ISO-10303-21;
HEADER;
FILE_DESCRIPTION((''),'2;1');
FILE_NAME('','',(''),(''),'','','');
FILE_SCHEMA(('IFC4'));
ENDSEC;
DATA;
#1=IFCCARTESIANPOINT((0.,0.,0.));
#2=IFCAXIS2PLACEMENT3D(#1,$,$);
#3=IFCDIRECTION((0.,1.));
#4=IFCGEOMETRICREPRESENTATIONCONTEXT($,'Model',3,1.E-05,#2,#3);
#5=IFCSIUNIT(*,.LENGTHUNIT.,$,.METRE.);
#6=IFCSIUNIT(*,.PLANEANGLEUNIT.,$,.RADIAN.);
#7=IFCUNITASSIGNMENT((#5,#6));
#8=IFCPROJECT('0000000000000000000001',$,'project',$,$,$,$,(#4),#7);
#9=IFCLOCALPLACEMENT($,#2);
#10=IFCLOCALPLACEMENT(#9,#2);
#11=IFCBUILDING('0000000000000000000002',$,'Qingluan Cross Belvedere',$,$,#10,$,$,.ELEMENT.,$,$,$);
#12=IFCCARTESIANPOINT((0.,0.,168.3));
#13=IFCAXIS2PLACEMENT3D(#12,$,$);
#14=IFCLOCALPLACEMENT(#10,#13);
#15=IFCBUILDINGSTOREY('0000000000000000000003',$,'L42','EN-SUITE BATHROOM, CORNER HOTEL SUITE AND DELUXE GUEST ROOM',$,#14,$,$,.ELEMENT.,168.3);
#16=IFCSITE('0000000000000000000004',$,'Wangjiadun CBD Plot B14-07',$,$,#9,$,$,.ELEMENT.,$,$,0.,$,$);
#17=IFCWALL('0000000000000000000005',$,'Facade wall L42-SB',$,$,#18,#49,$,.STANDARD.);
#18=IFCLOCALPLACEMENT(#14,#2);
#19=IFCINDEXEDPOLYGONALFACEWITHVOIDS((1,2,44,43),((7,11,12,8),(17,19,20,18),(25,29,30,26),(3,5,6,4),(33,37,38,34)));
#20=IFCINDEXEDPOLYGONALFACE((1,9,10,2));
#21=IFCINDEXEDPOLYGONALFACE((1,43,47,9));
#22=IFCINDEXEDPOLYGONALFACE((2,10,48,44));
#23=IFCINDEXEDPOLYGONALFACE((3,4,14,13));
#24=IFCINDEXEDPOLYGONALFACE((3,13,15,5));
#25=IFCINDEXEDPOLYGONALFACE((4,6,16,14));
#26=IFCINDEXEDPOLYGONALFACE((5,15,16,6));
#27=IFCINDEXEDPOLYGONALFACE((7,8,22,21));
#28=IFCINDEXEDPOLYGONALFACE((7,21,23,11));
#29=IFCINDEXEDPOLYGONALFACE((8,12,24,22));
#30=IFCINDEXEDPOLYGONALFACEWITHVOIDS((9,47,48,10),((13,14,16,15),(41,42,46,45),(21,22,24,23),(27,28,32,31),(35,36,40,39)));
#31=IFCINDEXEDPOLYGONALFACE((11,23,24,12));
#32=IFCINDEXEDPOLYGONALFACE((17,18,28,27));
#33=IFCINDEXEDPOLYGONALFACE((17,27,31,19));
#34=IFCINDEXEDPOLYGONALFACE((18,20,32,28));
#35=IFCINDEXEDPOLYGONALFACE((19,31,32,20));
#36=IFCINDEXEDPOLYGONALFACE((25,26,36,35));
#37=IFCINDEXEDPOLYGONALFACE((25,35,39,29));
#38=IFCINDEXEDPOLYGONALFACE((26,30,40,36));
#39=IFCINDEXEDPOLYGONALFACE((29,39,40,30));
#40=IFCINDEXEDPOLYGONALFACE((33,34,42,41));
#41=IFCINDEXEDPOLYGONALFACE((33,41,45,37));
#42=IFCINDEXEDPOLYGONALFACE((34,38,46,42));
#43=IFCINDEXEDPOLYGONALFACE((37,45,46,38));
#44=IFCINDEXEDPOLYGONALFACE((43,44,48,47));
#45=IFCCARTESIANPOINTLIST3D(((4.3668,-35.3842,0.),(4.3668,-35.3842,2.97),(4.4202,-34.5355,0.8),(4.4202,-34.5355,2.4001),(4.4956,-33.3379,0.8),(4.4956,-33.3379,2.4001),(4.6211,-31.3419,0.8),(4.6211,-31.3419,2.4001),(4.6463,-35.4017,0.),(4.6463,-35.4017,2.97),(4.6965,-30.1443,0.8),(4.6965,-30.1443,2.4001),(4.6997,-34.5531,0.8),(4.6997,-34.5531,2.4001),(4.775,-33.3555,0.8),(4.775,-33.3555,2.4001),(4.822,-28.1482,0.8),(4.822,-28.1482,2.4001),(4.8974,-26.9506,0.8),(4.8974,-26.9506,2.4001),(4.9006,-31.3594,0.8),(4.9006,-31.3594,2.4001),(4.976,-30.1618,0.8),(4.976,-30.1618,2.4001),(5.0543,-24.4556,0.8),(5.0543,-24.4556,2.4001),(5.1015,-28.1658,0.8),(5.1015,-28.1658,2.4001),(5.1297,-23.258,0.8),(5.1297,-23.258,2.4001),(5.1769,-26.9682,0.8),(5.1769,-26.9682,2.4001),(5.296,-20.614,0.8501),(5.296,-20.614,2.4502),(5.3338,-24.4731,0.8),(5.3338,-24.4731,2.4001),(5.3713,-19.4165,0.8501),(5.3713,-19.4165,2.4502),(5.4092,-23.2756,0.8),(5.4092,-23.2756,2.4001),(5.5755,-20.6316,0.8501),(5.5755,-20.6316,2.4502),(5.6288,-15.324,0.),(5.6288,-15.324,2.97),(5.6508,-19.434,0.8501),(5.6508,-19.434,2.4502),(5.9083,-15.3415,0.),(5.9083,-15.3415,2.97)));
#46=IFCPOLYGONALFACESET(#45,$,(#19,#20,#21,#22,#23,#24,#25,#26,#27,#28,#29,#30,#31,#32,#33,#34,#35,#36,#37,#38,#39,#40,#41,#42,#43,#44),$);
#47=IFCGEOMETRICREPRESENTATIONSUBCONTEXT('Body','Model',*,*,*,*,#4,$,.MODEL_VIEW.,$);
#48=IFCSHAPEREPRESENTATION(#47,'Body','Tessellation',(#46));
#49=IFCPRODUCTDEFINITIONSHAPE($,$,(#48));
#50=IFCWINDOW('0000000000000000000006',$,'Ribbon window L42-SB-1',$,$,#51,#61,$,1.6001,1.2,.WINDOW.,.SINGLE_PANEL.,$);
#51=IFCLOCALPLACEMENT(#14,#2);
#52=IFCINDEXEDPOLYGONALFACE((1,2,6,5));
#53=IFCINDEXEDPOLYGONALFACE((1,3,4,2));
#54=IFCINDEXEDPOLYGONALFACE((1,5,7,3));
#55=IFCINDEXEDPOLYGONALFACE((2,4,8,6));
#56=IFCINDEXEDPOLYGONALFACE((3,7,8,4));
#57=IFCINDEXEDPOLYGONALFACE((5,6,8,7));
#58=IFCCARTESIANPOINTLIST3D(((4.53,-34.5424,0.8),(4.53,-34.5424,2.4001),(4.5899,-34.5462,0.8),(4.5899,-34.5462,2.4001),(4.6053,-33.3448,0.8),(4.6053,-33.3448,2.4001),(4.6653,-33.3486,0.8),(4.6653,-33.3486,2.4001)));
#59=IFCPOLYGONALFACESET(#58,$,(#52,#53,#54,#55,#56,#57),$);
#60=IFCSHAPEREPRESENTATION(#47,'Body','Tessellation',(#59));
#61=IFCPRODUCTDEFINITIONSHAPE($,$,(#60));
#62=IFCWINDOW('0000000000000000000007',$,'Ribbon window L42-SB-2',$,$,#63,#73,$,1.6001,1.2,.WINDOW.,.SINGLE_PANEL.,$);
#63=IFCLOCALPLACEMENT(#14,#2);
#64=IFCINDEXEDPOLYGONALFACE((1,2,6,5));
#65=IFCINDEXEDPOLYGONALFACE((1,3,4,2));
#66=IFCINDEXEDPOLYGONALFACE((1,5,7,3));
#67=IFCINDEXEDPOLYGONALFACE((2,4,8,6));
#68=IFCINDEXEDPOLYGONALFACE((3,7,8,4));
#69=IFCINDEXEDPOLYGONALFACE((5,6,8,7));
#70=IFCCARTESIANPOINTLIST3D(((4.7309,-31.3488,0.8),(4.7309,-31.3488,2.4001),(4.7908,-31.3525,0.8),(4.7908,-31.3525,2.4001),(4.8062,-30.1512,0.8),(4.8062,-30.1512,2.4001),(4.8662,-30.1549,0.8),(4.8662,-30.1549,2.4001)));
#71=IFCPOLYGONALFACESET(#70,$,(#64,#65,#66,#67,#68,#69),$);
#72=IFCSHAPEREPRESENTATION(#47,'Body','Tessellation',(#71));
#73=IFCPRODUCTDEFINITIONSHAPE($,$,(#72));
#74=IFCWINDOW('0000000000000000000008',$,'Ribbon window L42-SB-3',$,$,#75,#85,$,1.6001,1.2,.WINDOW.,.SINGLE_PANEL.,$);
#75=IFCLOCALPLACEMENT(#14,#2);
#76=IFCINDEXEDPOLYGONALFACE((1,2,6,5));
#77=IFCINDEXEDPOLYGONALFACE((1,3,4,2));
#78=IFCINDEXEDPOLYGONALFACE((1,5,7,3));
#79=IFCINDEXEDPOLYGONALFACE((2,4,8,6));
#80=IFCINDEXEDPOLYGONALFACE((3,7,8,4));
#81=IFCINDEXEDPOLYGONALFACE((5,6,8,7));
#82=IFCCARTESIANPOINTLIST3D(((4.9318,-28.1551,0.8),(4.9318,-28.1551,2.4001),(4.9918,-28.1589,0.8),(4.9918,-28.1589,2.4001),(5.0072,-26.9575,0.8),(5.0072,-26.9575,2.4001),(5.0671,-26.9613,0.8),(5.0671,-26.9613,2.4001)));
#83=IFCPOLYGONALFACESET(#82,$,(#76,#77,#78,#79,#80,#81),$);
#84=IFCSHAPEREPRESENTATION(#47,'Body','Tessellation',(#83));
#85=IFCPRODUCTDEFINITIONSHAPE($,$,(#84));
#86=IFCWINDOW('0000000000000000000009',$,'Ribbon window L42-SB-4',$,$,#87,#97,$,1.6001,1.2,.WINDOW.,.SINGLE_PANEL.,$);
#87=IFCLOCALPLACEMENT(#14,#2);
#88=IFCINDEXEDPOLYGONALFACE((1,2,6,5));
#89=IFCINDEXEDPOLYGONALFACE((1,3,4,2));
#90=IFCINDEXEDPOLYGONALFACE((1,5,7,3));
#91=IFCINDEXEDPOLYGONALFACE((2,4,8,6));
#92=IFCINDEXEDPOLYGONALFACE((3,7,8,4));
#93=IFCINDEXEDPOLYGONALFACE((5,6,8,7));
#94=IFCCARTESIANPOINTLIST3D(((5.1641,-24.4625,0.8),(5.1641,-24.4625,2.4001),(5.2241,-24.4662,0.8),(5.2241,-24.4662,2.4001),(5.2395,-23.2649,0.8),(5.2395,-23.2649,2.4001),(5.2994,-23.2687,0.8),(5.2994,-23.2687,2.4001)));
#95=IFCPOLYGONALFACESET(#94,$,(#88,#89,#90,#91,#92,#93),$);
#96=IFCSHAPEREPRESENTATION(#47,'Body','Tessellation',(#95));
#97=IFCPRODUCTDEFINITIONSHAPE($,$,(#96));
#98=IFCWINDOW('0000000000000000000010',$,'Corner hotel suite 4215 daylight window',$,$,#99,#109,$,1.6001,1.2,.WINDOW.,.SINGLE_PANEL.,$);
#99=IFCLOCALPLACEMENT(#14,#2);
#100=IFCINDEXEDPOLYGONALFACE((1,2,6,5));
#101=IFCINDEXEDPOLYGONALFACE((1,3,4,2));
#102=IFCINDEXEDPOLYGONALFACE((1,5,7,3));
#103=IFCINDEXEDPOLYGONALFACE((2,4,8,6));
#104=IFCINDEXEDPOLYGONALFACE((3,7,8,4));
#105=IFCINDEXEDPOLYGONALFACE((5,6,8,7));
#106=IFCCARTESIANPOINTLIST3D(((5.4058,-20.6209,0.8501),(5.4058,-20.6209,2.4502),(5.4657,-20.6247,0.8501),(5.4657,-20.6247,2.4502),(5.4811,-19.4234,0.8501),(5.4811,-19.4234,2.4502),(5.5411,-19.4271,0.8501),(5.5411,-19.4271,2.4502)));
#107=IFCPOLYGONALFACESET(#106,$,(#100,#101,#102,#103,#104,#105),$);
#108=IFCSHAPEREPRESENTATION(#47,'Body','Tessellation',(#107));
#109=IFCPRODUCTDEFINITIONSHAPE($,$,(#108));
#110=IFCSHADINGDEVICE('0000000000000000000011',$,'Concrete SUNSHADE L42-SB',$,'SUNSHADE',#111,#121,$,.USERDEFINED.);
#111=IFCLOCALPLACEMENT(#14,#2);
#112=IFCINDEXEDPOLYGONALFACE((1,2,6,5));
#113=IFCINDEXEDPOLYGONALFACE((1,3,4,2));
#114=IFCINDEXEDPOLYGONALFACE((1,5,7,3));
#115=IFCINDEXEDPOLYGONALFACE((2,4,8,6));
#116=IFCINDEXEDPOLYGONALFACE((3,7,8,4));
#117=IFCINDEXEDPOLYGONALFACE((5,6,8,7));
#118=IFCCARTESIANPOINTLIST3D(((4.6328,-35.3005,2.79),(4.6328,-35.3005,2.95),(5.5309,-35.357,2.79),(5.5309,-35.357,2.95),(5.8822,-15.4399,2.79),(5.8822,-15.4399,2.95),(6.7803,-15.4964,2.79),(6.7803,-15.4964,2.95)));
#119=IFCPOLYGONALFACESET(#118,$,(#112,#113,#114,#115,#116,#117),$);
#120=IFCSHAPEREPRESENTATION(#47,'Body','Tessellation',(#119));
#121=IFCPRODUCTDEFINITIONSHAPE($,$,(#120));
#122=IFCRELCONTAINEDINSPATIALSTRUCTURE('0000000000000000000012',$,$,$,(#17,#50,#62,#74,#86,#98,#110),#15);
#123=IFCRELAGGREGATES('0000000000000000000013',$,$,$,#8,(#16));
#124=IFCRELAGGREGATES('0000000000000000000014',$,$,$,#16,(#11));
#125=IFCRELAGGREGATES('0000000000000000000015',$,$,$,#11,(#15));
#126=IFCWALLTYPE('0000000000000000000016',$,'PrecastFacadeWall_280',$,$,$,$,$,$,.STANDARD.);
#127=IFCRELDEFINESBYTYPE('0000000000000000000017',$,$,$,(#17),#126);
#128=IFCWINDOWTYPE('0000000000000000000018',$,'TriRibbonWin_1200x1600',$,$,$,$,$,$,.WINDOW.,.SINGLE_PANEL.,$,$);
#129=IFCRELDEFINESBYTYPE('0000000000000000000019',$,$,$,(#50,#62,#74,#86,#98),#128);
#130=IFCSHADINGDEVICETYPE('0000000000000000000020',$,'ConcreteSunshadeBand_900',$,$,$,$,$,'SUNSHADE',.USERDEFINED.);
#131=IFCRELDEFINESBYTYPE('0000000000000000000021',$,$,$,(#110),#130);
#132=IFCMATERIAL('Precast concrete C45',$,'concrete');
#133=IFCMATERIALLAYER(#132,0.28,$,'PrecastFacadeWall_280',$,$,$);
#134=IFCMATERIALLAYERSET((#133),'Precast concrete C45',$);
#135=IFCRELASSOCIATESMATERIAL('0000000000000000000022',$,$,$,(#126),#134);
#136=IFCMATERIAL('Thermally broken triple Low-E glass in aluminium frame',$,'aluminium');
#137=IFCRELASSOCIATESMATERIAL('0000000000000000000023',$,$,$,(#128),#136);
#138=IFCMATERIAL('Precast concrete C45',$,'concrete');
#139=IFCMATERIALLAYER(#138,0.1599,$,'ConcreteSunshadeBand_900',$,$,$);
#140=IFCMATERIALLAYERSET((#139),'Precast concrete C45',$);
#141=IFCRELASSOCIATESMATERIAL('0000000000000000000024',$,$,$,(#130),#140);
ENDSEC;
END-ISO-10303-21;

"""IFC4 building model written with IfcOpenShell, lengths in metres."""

from ifc_helpers import new_model, si_unit, direction, frame, frame_2d, origin, origin_2d, place, context, subcontext, project, spatial, rectangle, extrude, material, layer, layer_set, type_object, element, fill, save


model = new_model("IFC4")

# Units and contexts
model_context = context("Model", 3, precision=1e-05, world=origin(), true_north=direction((0.0, 1.0)))
body_context = subcontext(model_context, "Body", "Model", "MODEL_VIEW")
ifc_project = project(units=[si_unit("LENGTHUNIT", "METRE"), si_unit("PLANEANGLEUNIT", "RADIAN")], contexts=[model_context])

# Site, building, storey
site_placement = place(None, origin())
site = spatial("IfcSite", under=ifc_project, at=site_placement, Name="Wangjiadun CBD Plot B14-07", CompositionType="ELEMENT", RefElevation=0.0)
building_placement = place(site_placement, origin())
building = spatial("IfcBuilding", under=site, at=building_placement, Name="Qingluan Cross Belvedere", CompositionType="ELEMENT")
storey_placement = place(building_placement, frame((0.0, 0.0, 168.3)))
storey = spatial("IfcBuildingStorey", under=building, at=storey_placement, Name="L42", Description="EN-SUITE BATHROOM, CORNER HOTEL SUITE AND DELUXE GUEST ROOM", CompositionType="ELEMENT", Elevation=168.3)

# Wall, openings, windows
ifc_material_1 = material(Name="Precast concrete C45", Category="concrete")
ifc_layer_1 = layer(ifc_material_1, 0.28, Name="PrecastFacadeWall_280")
ifc_layer_set_1 = layer_set([ifc_layer_1], Name="Precast concrete C45")
wall_type_1 = type_object("IfcWallType", Name="PrecastFacadeWall_280", PredefinedType="STANDARD", material=ifc_layer_set_1)
wall_1_placement = place(storey_placement, frame((4.5066, -35.3928, 0.0), z_axis=(0.0, 0.0, 1.0), x_axis=(0.062784, 0.998027, 0.0)))
wall_1 = element("IfcWall", 1, at=wall_1_placement, inside=storey, type_object=wall_type_1, Name="Facade wall L42-SB", PredefinedType="STANDARD", context=body_context, shape_type="SweptSolid", body=[
    extrude(rectangle(XDim=20.0999, YDim=0.28, at=frame_2d((10.0498, 0.0))), origin(), (0.0, 0.0, 1.0), 2.97),
])
opening_1_placement = place(wall_1_placement, frame((0.8501, 0.0, 0.8)))
opening_1 = element("IfcOpeningElement", 2, at=opening_1_placement, cuts=wall_1, PredefinedType="OPENING", context=body_context, shape_type="SweptSolid", body=[
    extrude(rectangle(XDim=1.2, YDim=1.6001, at=frame_2d((0.6001, 0.8))), frame((0.0, 0.1499, 0.0), z_axis=(0.0, -1.0, 0.0), x_axis=(1.0, 0.0, 0.0)), (0.0, 0.0, 1.0), 0.3),
])
opening_2_placement = place(wall_1_placement, frame((4.05, 0.0, 0.8)))
opening_2 = element("IfcOpeningElement", 3, at=opening_2_placement, cuts=wall_1, PredefinedType="OPENING", context=body_context, shape_type="SweptSolid", body=[
    extrude(rectangle(XDim=1.2, YDim=1.6001, at=frame_2d((0.6001, 0.8))), frame((0.0, 0.1499, 0.0), z_axis=(0.0, -1.0, 0.0), x_axis=(1.0, 0.0, 0.0)), (0.0, 0.0, 1.0), 0.3),
])
opening_3_placement = place(wall_1_placement, frame((7.25, 0.0, 0.8)))
opening_3 = element("IfcOpeningElement", 4, at=opening_3_placement, cuts=wall_1, PredefinedType="OPENING", context=body_context, shape_type="SweptSolid", body=[
    extrude(rectangle(XDim=1.2, YDim=1.6001, at=frame_2d((0.6001, 0.8))), frame((0.0, 0.1499, 0.0), z_axis=(0.0, -1.0, 0.0), x_axis=(1.0, 0.0, 0.0)), (0.0, 0.0, 1.0), 0.3),
])
opening_4_placement = place(wall_1_placement, frame((10.95, 0.0, 0.8)))
opening_4 = element("IfcOpeningElement", 5, at=opening_4_placement, cuts=wall_1, PredefinedType="OPENING", context=body_context, shape_type="SweptSolid", body=[
    extrude(rectangle(XDim=1.2, YDim=1.6001, at=frame_2d((0.6001, 0.8))), frame((0.0, 0.1499, 0.0), z_axis=(0.0, -1.0, 0.0), x_axis=(1.0, 0.0, 0.0)), (0.0, 0.0, 1.0), 0.3),
])
opening_5_placement = place(wall_1_placement, frame((14.7991, 0.0, 0.8501)))
opening_5 = element("IfcOpeningElement", 6, at=opening_5_placement, cuts=wall_1, PredefinedType="OPENING", context=body_context, shape_type="SweptSolid", body=[
    extrude(rectangle(XDim=1.2, YDim=1.6001, at=frame_2d((0.6001, 0.8))), frame((0.0, 0.1499, 0.0), z_axis=(0.0, -1.0, 0.0), x_axis=(1.0, 0.0, 0.0)), (0.0, 0.0, 1.0), 0.3),
])
ifc_material_2 = material(Name="Thermally broken triple Low-E glass in aluminium frame", Category="aluminium")
window_type = type_object("IfcWindowType", Name="TriRibbonWin_1200x1600", PartitioningType="SINGLE_PANEL", PredefinedType="WINDOW", material=ifc_material_2)
window_1_placement = place(opening_1_placement, origin())
window_1 = element("IfcWindow", 7, at=window_1_placement, inside=storey, type_object=window_type, Name="Ribbon window L42-SB-1", OverallHeight=1.6001, OverallWidth=1.2, PartitioningType="SINGLE_PANEL", PredefinedType="WINDOW", context=body_context, shape_type="SweptSolid", body=[
    extrude(rectangle(XDim=1.2, YDim=1.6001, at=frame_2d((0.6001, 0.8))), frame((0.0, 0.03, 0.0), z_axis=(0.0, -1.0, 0.0), x_axis=(1.0, 0.0, 0.0)), (0.0, 0.0, 1.0), 0.0601),
])
fill(opening_1, window_1)
window_2_placement = place(opening_2_placement, origin())
window_2 = element("IfcWindow", 8, at=window_2_placement, inside=storey, type_object=window_type, Name="Ribbon window L42-SB-2", OverallHeight=1.6001, OverallWidth=1.2, PartitioningType="SINGLE_PANEL", PredefinedType="WINDOW", context=body_context, shape_type="SweptSolid", body=[
    extrude(rectangle(XDim=1.2, YDim=1.6001, at=frame_2d((0.6001, 0.8))), frame((0.0, 0.03, 0.0), z_axis=(0.0, -1.0, 0.0), x_axis=(1.0, 0.0, 0.0)), (0.0, 0.0, 1.0), 0.0601),
])
fill(opening_2, window_2)
window_3_placement = place(opening_3_placement, origin())
window_3 = element("IfcWindow", 9, at=window_3_placement, inside=storey, type_object=window_type, Name="Ribbon window L42-SB-3", OverallHeight=1.6001, OverallWidth=1.2, PartitioningType="SINGLE_PANEL", PredefinedType="WINDOW", context=body_context, shape_type="SweptSolid", body=[
    extrude(rectangle(XDim=1.2, YDim=1.6001, at=frame_2d((0.6001, 0.8))), frame((0.0, 0.03, 0.0), z_axis=(0.0, -1.0, 0.0), x_axis=(1.0, 0.0, 0.0)), (0.0, 0.0, 1.0), 0.0601),
])
fill(opening_3, window_3)
window_4_placement = place(opening_4_placement, origin())
window_4 = element("IfcWindow", 10, at=window_4_placement, inside=storey, type_object=window_type, Name="Ribbon window L42-SB-4", OverallHeight=1.6001, OverallWidth=1.2, PartitioningType="SINGLE_PANEL", PredefinedType="WINDOW", context=body_context, shape_type="SweptSolid", body=[
    extrude(rectangle(XDim=1.2, YDim=1.6001, at=frame_2d((0.6001, 0.8))), frame((0.0, 0.03, 0.0), z_axis=(0.0, -1.0, 0.0), x_axis=(1.0, 0.0, 0.0)), (0.0, 0.0, 1.0), 0.0601),
])
fill(opening_4, window_4)
window_5_placement = place(opening_5_placement, origin())
window_5 = element("IfcWindow", 11, at=window_5_placement, inside=storey, type_object=window_type, Name="Corner hotel suite 4215 daylight window", OverallHeight=1.6001, OverallWidth=1.2, PartitioningType="SINGLE_PANEL", PredefinedType="WINDOW", context=body_context, shape_type="SweptSolid", body=[
    extrude(rectangle(XDim=1.2, YDim=1.6001, at=frame_2d((0.6001, 0.8))), frame((0.0, 0.03, 0.0), z_axis=(0.0, -1.0, 0.0), x_axis=(1.0, 0.0, 0.0)), (0.0, 0.0, 1.0), 0.0601),
])
fill(opening_5, window_5)

# Shading device
ifc_material_3 = material(Name="Precast concrete C45", Category="concrete")
ifc_layer_2 = layer(ifc_material_3, 0.1599, Name="ConcreteSunshadeBand_900")
ifc_layer_set_2 = layer_set([ifc_layer_2], Name="Precast concrete C45")
shading_device_type = type_object("IfcShadingDeviceType", Name="ConcreteSunshadeBand_900", ElementType="SUNSHADE", PredefinedType="USERDEFINED", material=ifc_layer_set_2)
shading_device_placement = place(storey_placement, frame((5.7065, -25.3984, 2.79), z_axis=(0.0, 0.0, 1.0), x_axis=(0.062786, 0.998027, 0.0)))
element("IfcShadingDevice", 12, at=shading_device_placement, inside=storey, type_object=shading_device_type, Name="Concrete SUNSHADE L42-SB", ObjectType="SUNSHADE", PredefinedType="USERDEFINED", context=body_context, shape_type="SweptSolid", body=[
    extrude(rectangle(XDim=19.8999, YDim=0.8999, at=origin_2d()), origin(), (0.0, 0.0, 1.0), 0.1599),
])

save(model, "model.ifc")
